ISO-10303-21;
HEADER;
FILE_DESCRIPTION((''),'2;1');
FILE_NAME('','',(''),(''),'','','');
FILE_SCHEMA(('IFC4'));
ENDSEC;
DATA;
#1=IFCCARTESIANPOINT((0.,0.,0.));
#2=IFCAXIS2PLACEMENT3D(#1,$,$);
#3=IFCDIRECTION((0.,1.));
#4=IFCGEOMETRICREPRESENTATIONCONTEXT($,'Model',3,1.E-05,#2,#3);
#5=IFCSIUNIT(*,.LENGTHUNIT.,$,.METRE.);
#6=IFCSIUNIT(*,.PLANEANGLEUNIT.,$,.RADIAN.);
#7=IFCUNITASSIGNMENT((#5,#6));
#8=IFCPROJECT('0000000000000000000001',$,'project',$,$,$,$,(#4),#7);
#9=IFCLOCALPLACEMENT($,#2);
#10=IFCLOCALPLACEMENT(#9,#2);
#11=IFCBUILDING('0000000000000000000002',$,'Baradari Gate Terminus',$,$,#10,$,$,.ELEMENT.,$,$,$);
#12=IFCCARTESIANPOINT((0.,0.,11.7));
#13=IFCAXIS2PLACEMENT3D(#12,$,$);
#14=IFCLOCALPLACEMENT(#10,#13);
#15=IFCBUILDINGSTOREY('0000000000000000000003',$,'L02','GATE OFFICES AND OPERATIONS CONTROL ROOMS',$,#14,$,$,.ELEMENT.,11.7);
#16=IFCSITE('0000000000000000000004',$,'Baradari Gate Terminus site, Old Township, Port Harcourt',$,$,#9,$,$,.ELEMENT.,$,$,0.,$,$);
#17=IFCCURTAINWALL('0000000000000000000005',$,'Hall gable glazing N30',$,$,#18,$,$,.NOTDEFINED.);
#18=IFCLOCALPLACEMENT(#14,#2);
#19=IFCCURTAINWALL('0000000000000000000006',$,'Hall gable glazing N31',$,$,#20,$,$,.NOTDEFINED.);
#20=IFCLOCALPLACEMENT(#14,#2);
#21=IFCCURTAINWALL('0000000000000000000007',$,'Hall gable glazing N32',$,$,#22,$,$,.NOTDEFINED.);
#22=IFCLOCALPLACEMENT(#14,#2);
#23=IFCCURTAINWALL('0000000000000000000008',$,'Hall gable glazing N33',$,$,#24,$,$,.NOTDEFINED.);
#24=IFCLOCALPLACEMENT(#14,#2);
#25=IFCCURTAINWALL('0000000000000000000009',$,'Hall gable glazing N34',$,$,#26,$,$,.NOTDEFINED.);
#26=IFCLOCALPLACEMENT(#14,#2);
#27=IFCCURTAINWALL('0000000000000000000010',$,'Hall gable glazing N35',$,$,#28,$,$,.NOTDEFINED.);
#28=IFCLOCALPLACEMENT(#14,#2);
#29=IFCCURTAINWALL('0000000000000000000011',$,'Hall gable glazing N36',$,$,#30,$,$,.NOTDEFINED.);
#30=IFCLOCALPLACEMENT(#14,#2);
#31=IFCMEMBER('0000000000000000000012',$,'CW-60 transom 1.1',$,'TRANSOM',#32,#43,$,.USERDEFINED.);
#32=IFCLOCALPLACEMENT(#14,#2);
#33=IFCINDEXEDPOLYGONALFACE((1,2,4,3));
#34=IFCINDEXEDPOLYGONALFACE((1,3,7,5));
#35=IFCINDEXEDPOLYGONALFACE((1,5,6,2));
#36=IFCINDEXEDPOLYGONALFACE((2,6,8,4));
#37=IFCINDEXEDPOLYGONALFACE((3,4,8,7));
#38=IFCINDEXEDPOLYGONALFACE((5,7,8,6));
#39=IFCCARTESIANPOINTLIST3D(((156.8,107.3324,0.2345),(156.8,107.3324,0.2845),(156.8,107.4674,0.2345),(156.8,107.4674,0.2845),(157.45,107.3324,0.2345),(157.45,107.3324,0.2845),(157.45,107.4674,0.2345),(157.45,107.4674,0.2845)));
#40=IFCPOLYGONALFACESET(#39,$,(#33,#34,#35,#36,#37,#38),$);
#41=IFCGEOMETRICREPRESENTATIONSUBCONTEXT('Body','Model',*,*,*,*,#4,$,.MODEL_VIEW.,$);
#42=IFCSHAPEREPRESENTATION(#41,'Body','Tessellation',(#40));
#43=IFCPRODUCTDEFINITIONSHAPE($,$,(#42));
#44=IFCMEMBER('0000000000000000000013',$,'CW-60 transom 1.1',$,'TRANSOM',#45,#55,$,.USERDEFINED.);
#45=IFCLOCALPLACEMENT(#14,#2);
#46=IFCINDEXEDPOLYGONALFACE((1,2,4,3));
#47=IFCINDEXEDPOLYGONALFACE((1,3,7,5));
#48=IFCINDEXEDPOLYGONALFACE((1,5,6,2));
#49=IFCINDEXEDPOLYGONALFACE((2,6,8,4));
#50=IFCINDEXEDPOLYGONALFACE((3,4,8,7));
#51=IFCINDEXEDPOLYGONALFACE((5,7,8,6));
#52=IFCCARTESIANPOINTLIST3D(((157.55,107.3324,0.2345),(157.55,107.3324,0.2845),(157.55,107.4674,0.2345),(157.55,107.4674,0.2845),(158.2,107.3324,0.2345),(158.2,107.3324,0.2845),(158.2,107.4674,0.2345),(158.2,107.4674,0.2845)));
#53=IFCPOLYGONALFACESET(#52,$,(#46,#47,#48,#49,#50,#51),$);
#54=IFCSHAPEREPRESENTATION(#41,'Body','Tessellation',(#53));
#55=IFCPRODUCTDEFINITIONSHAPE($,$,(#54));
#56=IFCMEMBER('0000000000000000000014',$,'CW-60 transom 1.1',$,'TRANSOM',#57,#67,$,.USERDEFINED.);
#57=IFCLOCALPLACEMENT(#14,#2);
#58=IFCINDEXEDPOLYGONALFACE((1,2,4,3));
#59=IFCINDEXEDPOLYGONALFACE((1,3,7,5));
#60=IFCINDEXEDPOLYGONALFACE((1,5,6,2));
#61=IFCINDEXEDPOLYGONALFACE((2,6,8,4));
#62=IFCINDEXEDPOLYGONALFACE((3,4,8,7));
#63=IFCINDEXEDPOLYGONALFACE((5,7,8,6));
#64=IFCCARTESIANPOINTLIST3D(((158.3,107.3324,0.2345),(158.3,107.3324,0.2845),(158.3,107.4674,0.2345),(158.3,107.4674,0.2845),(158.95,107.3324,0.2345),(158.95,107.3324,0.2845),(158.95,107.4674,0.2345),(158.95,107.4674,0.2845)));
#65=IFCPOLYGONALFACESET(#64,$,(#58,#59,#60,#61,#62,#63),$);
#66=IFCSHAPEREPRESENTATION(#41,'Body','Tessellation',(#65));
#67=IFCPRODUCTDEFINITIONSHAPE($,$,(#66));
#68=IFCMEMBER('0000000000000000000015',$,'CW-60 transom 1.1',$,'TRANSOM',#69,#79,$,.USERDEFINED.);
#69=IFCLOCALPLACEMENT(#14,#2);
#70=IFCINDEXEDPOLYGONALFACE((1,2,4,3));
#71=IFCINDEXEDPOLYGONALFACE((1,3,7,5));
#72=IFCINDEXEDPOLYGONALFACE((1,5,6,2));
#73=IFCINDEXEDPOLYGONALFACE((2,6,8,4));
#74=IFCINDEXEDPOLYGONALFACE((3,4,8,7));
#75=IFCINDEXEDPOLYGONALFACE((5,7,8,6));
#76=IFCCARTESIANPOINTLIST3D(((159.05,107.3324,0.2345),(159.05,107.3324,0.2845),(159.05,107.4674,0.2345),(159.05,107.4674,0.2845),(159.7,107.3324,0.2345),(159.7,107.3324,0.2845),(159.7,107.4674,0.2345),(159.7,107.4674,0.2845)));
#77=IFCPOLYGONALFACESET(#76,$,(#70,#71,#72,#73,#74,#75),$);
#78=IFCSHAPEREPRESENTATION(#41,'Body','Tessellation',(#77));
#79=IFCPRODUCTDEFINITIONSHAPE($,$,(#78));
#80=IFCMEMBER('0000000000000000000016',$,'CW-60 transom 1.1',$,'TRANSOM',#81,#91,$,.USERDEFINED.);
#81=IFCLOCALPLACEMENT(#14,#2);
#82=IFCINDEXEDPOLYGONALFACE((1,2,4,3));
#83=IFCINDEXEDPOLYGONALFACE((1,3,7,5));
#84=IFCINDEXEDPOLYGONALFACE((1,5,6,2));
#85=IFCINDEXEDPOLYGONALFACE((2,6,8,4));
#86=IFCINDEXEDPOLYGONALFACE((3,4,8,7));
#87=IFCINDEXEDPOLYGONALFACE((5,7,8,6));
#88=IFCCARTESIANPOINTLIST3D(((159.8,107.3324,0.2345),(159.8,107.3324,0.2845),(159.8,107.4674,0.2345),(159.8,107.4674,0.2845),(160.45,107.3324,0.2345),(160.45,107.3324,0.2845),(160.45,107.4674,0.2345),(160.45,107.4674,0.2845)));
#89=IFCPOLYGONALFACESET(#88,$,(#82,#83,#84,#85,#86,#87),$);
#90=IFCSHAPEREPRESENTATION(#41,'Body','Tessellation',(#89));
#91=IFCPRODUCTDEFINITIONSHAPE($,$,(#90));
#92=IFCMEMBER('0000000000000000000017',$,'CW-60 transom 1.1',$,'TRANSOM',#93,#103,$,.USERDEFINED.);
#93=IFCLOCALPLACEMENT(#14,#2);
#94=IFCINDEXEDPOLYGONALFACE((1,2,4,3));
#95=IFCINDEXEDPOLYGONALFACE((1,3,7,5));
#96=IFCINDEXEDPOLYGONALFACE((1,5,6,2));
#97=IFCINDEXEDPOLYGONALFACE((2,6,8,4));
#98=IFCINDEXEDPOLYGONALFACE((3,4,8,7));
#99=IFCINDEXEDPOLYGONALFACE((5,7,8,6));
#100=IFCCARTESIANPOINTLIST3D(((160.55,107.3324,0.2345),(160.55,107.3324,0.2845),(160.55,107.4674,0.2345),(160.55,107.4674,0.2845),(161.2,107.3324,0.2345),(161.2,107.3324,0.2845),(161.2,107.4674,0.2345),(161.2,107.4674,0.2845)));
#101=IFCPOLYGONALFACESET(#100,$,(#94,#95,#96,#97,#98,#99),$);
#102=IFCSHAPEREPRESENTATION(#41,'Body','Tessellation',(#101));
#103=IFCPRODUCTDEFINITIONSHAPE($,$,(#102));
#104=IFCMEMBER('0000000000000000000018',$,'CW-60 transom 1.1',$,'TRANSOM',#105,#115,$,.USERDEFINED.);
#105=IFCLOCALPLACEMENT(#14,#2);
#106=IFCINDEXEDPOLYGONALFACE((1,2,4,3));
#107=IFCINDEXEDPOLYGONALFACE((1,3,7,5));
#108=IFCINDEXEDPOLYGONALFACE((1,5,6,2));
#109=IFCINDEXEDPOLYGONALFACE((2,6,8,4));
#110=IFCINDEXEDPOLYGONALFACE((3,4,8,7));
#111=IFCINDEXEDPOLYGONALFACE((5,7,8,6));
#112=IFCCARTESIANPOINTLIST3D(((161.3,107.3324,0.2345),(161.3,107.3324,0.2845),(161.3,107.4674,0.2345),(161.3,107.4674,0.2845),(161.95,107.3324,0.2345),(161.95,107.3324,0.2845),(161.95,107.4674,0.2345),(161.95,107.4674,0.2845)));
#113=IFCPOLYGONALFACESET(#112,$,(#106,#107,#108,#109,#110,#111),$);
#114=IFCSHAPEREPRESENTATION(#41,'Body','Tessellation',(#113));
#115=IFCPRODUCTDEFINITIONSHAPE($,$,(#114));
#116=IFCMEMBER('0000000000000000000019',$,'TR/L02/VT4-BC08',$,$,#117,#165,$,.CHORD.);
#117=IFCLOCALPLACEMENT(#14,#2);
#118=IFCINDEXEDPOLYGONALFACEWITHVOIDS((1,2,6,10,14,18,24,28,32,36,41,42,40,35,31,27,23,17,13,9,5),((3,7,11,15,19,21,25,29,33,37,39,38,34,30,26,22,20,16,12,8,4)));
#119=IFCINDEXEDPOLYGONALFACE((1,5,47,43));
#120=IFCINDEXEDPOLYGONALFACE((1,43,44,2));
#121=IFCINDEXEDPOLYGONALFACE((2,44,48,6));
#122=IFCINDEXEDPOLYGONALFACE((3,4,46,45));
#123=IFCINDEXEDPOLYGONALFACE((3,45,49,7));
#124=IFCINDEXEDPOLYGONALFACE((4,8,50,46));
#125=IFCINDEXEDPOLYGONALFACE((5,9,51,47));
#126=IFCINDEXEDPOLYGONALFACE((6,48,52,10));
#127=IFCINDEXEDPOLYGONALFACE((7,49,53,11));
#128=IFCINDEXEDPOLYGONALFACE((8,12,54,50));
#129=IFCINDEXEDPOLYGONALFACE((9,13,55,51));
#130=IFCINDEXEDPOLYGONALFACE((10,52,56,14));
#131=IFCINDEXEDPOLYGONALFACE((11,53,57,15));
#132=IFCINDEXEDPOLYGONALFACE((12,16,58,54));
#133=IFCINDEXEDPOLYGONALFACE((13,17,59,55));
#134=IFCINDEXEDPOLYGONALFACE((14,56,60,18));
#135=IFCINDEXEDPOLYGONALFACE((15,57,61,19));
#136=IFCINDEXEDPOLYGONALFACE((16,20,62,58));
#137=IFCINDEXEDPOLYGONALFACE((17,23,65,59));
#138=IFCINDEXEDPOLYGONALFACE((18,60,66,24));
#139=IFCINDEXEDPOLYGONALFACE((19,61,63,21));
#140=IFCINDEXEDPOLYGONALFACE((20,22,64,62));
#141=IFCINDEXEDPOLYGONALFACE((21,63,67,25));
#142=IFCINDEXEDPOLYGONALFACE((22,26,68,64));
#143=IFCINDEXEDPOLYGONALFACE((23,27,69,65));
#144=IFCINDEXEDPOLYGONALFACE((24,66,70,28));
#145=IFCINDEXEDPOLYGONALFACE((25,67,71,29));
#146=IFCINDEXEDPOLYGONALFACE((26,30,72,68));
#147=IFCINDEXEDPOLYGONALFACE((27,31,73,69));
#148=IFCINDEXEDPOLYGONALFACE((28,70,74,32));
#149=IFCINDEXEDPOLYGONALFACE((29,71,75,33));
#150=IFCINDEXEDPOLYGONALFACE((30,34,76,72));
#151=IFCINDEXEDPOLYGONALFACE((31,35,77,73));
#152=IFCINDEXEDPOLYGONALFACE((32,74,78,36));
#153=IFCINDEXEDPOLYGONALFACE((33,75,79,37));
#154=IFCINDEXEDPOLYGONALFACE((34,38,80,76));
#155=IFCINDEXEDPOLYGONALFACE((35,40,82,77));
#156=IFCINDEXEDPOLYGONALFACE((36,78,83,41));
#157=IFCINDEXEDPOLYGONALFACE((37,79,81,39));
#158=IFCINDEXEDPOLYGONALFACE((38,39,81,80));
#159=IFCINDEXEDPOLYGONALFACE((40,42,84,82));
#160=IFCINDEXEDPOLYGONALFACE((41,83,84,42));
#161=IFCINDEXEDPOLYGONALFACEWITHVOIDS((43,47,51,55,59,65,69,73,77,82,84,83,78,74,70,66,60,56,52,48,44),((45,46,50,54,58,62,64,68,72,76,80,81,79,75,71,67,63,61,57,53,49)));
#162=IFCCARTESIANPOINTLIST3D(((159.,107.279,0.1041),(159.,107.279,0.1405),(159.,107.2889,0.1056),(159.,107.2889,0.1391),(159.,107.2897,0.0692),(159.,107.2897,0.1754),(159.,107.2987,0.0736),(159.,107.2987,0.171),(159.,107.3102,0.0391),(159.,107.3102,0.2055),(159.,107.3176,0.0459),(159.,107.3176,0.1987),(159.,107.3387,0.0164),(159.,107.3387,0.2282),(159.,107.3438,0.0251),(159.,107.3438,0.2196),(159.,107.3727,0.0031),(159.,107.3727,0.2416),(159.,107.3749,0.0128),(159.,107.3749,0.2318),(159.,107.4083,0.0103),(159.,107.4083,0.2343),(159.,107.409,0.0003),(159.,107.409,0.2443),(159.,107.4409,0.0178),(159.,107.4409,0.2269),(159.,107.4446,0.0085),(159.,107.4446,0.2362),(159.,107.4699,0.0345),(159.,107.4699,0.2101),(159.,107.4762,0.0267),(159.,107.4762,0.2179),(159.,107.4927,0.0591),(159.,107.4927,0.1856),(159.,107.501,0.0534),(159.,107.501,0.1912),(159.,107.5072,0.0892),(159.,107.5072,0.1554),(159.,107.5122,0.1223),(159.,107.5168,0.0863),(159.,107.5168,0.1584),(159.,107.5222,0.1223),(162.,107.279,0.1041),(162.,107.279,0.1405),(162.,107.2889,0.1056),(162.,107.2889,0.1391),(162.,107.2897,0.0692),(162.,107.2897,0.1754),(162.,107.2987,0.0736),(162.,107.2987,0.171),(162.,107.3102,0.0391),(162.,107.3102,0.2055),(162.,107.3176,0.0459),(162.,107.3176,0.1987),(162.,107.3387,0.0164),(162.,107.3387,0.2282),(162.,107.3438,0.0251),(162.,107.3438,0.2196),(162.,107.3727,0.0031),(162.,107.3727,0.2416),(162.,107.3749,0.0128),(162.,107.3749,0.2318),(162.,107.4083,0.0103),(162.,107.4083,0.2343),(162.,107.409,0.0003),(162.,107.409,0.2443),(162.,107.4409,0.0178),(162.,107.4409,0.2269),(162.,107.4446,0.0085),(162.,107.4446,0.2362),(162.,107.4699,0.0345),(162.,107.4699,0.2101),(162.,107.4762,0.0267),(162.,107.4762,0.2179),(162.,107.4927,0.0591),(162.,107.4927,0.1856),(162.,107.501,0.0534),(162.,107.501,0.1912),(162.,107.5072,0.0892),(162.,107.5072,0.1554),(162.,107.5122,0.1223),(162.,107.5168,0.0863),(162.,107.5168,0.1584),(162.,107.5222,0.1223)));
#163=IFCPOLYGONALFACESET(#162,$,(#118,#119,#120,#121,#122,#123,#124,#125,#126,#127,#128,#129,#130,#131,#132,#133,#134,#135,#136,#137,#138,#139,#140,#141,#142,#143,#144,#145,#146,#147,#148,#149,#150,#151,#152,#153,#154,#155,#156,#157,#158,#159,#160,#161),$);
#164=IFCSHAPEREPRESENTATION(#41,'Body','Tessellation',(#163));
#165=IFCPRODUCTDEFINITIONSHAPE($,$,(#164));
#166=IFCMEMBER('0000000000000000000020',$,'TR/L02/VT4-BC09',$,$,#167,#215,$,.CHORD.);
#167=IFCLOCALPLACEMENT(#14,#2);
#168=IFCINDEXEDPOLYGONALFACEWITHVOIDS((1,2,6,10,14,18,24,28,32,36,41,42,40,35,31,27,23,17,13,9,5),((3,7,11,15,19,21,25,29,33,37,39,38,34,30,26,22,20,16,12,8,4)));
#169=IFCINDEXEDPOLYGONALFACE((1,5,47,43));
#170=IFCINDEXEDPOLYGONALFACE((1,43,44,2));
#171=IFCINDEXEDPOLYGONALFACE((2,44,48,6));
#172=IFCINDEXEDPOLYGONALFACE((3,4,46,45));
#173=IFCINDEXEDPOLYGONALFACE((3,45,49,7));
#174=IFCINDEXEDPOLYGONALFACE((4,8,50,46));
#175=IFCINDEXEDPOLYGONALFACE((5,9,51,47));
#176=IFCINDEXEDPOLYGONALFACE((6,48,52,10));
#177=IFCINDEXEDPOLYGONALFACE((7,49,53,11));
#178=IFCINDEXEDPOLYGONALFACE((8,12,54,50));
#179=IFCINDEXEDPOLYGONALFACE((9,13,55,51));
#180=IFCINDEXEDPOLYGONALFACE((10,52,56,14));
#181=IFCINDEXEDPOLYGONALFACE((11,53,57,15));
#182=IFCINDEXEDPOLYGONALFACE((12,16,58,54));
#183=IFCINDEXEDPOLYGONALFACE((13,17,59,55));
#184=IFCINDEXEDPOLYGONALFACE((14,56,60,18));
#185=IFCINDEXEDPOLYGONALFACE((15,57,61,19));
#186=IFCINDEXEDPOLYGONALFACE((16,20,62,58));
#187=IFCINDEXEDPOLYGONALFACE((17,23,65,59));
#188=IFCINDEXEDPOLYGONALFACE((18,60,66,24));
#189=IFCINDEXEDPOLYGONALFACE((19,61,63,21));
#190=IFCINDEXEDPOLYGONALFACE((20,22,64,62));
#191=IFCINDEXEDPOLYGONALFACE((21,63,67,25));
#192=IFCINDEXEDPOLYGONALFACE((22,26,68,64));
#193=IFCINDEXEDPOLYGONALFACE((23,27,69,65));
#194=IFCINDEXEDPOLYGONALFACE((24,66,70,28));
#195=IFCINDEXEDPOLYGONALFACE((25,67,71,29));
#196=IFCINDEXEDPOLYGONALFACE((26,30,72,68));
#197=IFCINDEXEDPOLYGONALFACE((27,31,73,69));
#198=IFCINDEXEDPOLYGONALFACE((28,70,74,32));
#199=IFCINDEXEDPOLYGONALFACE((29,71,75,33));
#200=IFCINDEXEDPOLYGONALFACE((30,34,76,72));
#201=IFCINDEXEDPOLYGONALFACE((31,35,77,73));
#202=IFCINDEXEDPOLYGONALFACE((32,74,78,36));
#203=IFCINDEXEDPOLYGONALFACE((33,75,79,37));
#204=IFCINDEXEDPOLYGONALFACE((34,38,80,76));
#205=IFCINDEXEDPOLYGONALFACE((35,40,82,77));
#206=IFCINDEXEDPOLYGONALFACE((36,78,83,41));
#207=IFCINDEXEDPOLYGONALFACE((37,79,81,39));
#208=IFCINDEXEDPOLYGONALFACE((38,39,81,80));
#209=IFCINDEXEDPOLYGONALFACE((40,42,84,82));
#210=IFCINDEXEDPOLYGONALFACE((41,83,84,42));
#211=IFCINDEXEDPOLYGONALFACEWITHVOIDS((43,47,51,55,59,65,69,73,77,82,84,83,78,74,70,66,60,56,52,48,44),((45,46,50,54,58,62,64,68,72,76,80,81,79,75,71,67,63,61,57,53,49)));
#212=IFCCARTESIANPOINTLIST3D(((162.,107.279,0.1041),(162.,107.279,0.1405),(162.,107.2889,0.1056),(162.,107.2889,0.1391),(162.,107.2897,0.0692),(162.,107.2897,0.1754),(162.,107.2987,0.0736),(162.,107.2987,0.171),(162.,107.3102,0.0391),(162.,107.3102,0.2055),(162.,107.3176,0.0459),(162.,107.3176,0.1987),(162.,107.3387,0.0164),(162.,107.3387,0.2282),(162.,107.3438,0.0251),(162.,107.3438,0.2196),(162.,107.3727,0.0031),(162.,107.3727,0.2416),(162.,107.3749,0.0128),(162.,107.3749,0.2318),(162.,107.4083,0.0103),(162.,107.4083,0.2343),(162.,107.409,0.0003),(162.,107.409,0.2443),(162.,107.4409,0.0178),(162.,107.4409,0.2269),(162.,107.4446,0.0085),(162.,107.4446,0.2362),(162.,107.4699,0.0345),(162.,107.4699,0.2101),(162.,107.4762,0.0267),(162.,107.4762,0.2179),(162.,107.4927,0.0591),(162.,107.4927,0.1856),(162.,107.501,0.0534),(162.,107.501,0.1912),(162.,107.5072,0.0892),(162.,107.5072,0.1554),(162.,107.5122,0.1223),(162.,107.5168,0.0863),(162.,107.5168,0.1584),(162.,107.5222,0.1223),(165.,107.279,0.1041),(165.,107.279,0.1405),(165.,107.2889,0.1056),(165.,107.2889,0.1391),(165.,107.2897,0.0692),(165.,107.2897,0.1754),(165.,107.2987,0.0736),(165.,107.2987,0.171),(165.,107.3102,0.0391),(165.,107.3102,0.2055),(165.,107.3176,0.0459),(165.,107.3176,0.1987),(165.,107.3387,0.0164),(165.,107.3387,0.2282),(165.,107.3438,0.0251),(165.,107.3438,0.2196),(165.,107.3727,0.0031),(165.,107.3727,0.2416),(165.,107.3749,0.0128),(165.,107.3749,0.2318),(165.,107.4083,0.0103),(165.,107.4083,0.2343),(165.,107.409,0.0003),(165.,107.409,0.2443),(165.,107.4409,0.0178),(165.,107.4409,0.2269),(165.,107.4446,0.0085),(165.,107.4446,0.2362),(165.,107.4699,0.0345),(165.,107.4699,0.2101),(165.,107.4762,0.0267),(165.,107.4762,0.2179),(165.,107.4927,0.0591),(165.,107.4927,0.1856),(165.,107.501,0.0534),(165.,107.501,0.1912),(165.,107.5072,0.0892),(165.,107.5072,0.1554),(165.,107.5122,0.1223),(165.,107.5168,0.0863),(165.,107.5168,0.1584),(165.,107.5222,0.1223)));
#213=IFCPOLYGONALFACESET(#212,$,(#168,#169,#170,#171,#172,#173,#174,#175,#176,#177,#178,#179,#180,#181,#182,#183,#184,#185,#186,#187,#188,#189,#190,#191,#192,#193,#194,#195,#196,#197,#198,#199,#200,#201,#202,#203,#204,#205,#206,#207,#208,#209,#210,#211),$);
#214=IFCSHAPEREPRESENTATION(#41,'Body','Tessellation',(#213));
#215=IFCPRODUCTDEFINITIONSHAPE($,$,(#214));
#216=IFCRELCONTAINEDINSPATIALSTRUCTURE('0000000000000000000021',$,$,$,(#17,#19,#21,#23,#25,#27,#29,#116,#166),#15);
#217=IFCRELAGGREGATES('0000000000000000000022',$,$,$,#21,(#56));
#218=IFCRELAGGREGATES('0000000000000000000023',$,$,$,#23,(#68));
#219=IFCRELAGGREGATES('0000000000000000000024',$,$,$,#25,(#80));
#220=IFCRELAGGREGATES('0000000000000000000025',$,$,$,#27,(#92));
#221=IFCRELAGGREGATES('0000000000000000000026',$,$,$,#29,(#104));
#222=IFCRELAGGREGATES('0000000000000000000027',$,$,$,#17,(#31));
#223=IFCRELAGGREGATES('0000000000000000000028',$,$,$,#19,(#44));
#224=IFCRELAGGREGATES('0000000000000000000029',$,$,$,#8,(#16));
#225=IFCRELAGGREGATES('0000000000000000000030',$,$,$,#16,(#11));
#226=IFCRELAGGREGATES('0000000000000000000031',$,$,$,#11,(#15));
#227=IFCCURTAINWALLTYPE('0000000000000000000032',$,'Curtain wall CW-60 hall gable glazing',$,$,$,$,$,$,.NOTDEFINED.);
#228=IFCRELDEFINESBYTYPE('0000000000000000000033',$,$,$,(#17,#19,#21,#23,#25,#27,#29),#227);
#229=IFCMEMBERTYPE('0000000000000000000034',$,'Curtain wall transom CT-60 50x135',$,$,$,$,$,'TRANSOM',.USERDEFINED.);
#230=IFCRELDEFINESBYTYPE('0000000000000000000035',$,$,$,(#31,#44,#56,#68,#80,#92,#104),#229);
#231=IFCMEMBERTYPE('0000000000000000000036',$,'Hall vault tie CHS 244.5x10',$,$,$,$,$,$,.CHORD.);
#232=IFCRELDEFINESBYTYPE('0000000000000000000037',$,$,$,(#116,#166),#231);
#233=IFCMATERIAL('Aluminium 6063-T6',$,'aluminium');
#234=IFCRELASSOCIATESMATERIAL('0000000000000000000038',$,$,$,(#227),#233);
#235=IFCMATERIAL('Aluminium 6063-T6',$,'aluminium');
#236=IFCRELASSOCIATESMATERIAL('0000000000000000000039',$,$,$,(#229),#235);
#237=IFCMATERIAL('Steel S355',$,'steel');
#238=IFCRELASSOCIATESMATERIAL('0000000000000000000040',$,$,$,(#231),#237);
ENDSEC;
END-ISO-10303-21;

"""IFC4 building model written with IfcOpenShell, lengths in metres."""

from ifc_helpers import new_model, si_unit, direction, frame, origin, origin_2d, place, context, subcontext, project, spatial, rectangle, hollow_circle, extrude, material, material_profile, profile_set, type_object, element, aggregate, save


model = new_model("IFC4")

# Units and contexts
model_context = context("Model", 3, precision=1e-05, world=origin(), true_north=direction((0.0, 1.0)))
body_context = subcontext(model_context, "Body", "Model", "MODEL_VIEW")
ifc_project = project(units=[si_unit("LENGTHUNIT", "METRE"), si_unit("PLANEANGLEUNIT", "RADIAN")], contexts=[model_context])

# Site, building, storey
site_placement = place(None, origin())
site = spatial("IfcSite", under=ifc_project, at=site_placement, Name="Baradari Gate Terminus site, Old Township, Port Harcourt", CompositionType="ELEMENT", RefElevation=0.0)
building_placement = place(site_placement, origin())
building = spatial("IfcBuilding", under=site, at=building_placement, Name="Baradari Gate Terminus", CompositionType="ELEMENT")
storey_placement = place(building_placement, frame((0.0, 0.0, 11.7)))
storey = spatial("IfcBuildingStorey", under=building, at=storey_placement, Name="L02", Description="GATE OFFICES AND OPERATIONS CONTROL ROOMS", CompositionType="ELEMENT", Elevation=11.7)

# Shared definitions
ifc_material_1 = material(Name="Aluminium 6063-T6", Category="aluminium")
curtain_wall_type = type_object("IfcCurtainWallType", Name="Curtain wall CW-60 hall gable glazing", PredefinedType="NOTDEFINED", material=ifc_material_1)

# Curtain walls
curtain_wall_1_placement = place(storey_placement, origin())
curtain_wall_1 = element("IfcCurtainWall", 1, at=curtain_wall_1_placement, inside=storey, type_object=curtain_wall_type, Name="Hall gable glazing N30", PredefinedType="NOTDEFINED")
curtain_wall_2_placement = place(storey_placement, origin())
curtain_wall_2 = element("IfcCurtainWall", 2, at=curtain_wall_2_placement, inside=storey, type_object=curtain_wall_type, Name="Hall gable glazing N31", PredefinedType="NOTDEFINED")
curtain_wall_3_placement = place(storey_placement, origin())
curtain_wall_3 = element("IfcCurtainWall", 3, at=curtain_wall_3_placement, inside=storey, type_object=curtain_wall_type, Name="Hall gable glazing N32", PredefinedType="NOTDEFINED")
curtain_wall_4_placement = place(storey_placement, origin())
curtain_wall_4 = element("IfcCurtainWall", 4, at=curtain_wall_4_placement, inside=storey, type_object=curtain_wall_type, Name="Hall gable glazing N33", PredefinedType="NOTDEFINED")
curtain_wall_5_placement = place(storey_placement, origin())
curtain_wall_5 = element("IfcCurtainWall", 5, at=curtain_wall_5_placement, inside=storey, type_object=curtain_wall_type, Name="Hall gable glazing N34", PredefinedType="NOTDEFINED")
curtain_wall_6_placement = place(storey_placement, origin())
curtain_wall_6 = element("IfcCurtainWall", 6, at=curtain_wall_6_placement, inside=storey, type_object=curtain_wall_type, Name="Hall gable glazing N35", PredefinedType="NOTDEFINED")
curtain_wall_7_placement = place(storey_placement, origin())
curtain_wall_7 = element("IfcCurtainWall", 7, at=curtain_wall_7_placement, inside=storey, type_object=curtain_wall_type, Name="Hall gable glazing N36", PredefinedType="NOTDEFINED")

# Members
ifc_material_2 = material(Name="Aluminium 6063-T6", Category="aluminium")
ifc_material_profile_1 = material_profile(ifc_material_2, rectangle(XDim=0.135, YDim=0.05, at=origin_2d()), Name="CT-60 50X135")
ifc_profile_set_1 = profile_set([ifc_material_profile_1], Name="Aluminium 6063-T6")
member_type_1 = type_object("IfcMemberType", Name="Curtain wall transom CT-60 50x135", ElementType="TRANSOM", PredefinedType="USERDEFINED", material=ifc_profile_set_1)
member_1_placement = place(storey_placement, frame((156.8, 107.3999, 0.2595), z_axis=(1.0, 0.0, 0.0), x_axis=(0.0, 1.0, 0.0)))
member_1 = element("IfcMember", 8, at=member_1_placement, type_object=member_type_1, Name="CW-60 transom 1.1", ObjectType="TRANSOM", PredefinedType="USERDEFINED", context=body_context, shape_type="SweptSolid", body=[
    extrude(rectangle(XDim=0.135, YDim=0.05, at=origin_2d()), origin(), (0.0, 0.0, 1.0), 0.6499),
])
member_2_placement = place(storey_placement, frame((157.55, 107.3999, 0.2595), z_axis=(1.0, 0.0, 0.0), x_axis=(0.0, 1.0, 0.0)))
member_2 = element("IfcMember", 9, at=member_2_placement, type_object=member_type_1, Name="CW-60 transom 1.1", ObjectType="TRANSOM", PredefinedType="USERDEFINED", context=body_context, shape_type="SweptSolid", body=[
    extrude(rectangle(XDim=0.135, YDim=0.05, at=origin_2d()), origin(), (0.0, 0.0, 1.0), 0.6499),
])
member_3_placement = place(storey_placement, frame((158.3, 107.3999, 0.2595), z_axis=(1.0, 0.0, 0.0), x_axis=(0.0, 1.0, 0.0)))
member_3 = element("IfcMember", 10, at=member_3_placement, type_object=member_type_1, Name="CW-60 transom 1.1", ObjectType="TRANSOM", PredefinedType="USERDEFINED", context=body_context, shape_type="SweptSolid", body=[
    extrude(rectangle(XDim=0.135, YDim=0.05, at=origin_2d()), origin(), (0.0, 0.0, 1.0), 0.6499),
])
aggregate(curtain_wall_3, [member_3])
member_4_placement = place(storey_placement, frame((159.05, 107.3999, 0.2595), z_axis=(1.0, 0.0, 0.0), x_axis=(0.0, 1.0, 0.0)))
member_4 = element("IfcMember", 11, at=member_4_placement, type_object=member_type_1, Name="CW-60 transom 1.1", ObjectType="TRANSOM", PredefinedType="USERDEFINED", context=body_context, shape_type="SweptSolid", body=[
    extrude(rectangle(XDim=0.135, YDim=0.05, at=origin_2d()), origin(), (0.0, 0.0, 1.0), 0.6499),
])
aggregate(curtain_wall_4, [member_4])
member_5_placement = place(storey_placement, frame((159.8, 107.3999, 0.2595), z_axis=(1.0, 0.0, 0.0), x_axis=(0.0, 1.0, 0.0)))
member_5 = element("IfcMember", 12, at=member_5_placement, type_object=member_type_1, Name="CW-60 transom 1.1", ObjectType="TRANSOM", PredefinedType="USERDEFINED", context=body_context, shape_type="SweptSolid", body=[
    extrude(rectangle(XDim=0.135, YDim=0.05, at=origin_2d()), origin(), (0.0, 0.0, 1.0), 0.6499),
])
aggregate(curtain_wall_5, [member_5])
member_6_placement = place(storey_placement, frame((160.55, 107.3999, 0.2595), z_axis=(1.0, 0.0, 0.0), x_axis=(0.0, 1.0, 0.0)))
member_6 = element("IfcMember", 13, at=member_6_placement, type_object=member_type_1, Name="CW-60 transom 1.1", ObjectType="TRANSOM", PredefinedType="USERDEFINED", context=body_context, shape_type="SweptSolid", body=[
    extrude(rectangle(XDim=0.135, YDim=0.05, at=origin_2d()), origin(), (0.0, 0.0, 1.0), 0.6499),
])
aggregate(curtain_wall_6, [member_6])
member_7_placement = place(storey_placement, frame((161.3, 107.3999, 0.2595), z_axis=(1.0, 0.0, 0.0), x_axis=(0.0, 1.0, 0.0)))
member_7 = element("IfcMember", 14, at=member_7_placement, type_object=member_type_1, Name="CW-60 transom 1.1", ObjectType="TRANSOM", PredefinedType="USERDEFINED", context=body_context, shape_type="SweptSolid", body=[
    extrude(rectangle(XDim=0.135, YDim=0.05, at=origin_2d()), origin(), (0.0, 0.0, 1.0), 0.6499),
])
aggregate(curtain_wall_7, [member_7])

# Members
ifc_material_3 = material(Name="Steel S355", Category="steel")
ifc_material_profile_2 = material_profile(ifc_material_3, hollow_circle(Radius=0.1223, WallThickness=0.01, at=origin_2d()), Name="CHS 244.5x10")
ifc_profile_set_2 = profile_set([ifc_material_profile_2], Name="Steel S355")
member_type_2 = type_object("IfcMemberType", Name="Hall vault tie CHS 244.5x10", PredefinedType="CHORD", material=ifc_profile_set_2)
for number, where, z_axis, x_axis, name in (
    (15, (159.0, 107.3999, 0.1223), (1.0, 0.0, 0.0), (0.0, 1.0, 0.0), "TR/L02/VT4-BC08"),
    (16, (162.0, 107.3999, 0.1223), (1.0, 0.0, 0.0), (0.0, 1.0, 0.0), "TR/L02/VT4-BC09"),
):
    element("IfcMember", number, at=place(storey_placement, frame(where, z_axis=z_axis, x_axis=x_axis)), inside=storey, type_object=member_type_2, Name=name, PredefinedType="CHORD", context=body_context, shape_type="SweptSolid", body=[
        extrude(hollow_circle(Radius=0.1223, WallThickness=0.01, at=origin_2d()), origin(), (0.0, 0.0, 1.0), 3.0),
    ])

aggregate(curtain_wall_1, [member_1])
aggregate(curtain_wall_2, [member_2])

save(model, "model.ifc")
